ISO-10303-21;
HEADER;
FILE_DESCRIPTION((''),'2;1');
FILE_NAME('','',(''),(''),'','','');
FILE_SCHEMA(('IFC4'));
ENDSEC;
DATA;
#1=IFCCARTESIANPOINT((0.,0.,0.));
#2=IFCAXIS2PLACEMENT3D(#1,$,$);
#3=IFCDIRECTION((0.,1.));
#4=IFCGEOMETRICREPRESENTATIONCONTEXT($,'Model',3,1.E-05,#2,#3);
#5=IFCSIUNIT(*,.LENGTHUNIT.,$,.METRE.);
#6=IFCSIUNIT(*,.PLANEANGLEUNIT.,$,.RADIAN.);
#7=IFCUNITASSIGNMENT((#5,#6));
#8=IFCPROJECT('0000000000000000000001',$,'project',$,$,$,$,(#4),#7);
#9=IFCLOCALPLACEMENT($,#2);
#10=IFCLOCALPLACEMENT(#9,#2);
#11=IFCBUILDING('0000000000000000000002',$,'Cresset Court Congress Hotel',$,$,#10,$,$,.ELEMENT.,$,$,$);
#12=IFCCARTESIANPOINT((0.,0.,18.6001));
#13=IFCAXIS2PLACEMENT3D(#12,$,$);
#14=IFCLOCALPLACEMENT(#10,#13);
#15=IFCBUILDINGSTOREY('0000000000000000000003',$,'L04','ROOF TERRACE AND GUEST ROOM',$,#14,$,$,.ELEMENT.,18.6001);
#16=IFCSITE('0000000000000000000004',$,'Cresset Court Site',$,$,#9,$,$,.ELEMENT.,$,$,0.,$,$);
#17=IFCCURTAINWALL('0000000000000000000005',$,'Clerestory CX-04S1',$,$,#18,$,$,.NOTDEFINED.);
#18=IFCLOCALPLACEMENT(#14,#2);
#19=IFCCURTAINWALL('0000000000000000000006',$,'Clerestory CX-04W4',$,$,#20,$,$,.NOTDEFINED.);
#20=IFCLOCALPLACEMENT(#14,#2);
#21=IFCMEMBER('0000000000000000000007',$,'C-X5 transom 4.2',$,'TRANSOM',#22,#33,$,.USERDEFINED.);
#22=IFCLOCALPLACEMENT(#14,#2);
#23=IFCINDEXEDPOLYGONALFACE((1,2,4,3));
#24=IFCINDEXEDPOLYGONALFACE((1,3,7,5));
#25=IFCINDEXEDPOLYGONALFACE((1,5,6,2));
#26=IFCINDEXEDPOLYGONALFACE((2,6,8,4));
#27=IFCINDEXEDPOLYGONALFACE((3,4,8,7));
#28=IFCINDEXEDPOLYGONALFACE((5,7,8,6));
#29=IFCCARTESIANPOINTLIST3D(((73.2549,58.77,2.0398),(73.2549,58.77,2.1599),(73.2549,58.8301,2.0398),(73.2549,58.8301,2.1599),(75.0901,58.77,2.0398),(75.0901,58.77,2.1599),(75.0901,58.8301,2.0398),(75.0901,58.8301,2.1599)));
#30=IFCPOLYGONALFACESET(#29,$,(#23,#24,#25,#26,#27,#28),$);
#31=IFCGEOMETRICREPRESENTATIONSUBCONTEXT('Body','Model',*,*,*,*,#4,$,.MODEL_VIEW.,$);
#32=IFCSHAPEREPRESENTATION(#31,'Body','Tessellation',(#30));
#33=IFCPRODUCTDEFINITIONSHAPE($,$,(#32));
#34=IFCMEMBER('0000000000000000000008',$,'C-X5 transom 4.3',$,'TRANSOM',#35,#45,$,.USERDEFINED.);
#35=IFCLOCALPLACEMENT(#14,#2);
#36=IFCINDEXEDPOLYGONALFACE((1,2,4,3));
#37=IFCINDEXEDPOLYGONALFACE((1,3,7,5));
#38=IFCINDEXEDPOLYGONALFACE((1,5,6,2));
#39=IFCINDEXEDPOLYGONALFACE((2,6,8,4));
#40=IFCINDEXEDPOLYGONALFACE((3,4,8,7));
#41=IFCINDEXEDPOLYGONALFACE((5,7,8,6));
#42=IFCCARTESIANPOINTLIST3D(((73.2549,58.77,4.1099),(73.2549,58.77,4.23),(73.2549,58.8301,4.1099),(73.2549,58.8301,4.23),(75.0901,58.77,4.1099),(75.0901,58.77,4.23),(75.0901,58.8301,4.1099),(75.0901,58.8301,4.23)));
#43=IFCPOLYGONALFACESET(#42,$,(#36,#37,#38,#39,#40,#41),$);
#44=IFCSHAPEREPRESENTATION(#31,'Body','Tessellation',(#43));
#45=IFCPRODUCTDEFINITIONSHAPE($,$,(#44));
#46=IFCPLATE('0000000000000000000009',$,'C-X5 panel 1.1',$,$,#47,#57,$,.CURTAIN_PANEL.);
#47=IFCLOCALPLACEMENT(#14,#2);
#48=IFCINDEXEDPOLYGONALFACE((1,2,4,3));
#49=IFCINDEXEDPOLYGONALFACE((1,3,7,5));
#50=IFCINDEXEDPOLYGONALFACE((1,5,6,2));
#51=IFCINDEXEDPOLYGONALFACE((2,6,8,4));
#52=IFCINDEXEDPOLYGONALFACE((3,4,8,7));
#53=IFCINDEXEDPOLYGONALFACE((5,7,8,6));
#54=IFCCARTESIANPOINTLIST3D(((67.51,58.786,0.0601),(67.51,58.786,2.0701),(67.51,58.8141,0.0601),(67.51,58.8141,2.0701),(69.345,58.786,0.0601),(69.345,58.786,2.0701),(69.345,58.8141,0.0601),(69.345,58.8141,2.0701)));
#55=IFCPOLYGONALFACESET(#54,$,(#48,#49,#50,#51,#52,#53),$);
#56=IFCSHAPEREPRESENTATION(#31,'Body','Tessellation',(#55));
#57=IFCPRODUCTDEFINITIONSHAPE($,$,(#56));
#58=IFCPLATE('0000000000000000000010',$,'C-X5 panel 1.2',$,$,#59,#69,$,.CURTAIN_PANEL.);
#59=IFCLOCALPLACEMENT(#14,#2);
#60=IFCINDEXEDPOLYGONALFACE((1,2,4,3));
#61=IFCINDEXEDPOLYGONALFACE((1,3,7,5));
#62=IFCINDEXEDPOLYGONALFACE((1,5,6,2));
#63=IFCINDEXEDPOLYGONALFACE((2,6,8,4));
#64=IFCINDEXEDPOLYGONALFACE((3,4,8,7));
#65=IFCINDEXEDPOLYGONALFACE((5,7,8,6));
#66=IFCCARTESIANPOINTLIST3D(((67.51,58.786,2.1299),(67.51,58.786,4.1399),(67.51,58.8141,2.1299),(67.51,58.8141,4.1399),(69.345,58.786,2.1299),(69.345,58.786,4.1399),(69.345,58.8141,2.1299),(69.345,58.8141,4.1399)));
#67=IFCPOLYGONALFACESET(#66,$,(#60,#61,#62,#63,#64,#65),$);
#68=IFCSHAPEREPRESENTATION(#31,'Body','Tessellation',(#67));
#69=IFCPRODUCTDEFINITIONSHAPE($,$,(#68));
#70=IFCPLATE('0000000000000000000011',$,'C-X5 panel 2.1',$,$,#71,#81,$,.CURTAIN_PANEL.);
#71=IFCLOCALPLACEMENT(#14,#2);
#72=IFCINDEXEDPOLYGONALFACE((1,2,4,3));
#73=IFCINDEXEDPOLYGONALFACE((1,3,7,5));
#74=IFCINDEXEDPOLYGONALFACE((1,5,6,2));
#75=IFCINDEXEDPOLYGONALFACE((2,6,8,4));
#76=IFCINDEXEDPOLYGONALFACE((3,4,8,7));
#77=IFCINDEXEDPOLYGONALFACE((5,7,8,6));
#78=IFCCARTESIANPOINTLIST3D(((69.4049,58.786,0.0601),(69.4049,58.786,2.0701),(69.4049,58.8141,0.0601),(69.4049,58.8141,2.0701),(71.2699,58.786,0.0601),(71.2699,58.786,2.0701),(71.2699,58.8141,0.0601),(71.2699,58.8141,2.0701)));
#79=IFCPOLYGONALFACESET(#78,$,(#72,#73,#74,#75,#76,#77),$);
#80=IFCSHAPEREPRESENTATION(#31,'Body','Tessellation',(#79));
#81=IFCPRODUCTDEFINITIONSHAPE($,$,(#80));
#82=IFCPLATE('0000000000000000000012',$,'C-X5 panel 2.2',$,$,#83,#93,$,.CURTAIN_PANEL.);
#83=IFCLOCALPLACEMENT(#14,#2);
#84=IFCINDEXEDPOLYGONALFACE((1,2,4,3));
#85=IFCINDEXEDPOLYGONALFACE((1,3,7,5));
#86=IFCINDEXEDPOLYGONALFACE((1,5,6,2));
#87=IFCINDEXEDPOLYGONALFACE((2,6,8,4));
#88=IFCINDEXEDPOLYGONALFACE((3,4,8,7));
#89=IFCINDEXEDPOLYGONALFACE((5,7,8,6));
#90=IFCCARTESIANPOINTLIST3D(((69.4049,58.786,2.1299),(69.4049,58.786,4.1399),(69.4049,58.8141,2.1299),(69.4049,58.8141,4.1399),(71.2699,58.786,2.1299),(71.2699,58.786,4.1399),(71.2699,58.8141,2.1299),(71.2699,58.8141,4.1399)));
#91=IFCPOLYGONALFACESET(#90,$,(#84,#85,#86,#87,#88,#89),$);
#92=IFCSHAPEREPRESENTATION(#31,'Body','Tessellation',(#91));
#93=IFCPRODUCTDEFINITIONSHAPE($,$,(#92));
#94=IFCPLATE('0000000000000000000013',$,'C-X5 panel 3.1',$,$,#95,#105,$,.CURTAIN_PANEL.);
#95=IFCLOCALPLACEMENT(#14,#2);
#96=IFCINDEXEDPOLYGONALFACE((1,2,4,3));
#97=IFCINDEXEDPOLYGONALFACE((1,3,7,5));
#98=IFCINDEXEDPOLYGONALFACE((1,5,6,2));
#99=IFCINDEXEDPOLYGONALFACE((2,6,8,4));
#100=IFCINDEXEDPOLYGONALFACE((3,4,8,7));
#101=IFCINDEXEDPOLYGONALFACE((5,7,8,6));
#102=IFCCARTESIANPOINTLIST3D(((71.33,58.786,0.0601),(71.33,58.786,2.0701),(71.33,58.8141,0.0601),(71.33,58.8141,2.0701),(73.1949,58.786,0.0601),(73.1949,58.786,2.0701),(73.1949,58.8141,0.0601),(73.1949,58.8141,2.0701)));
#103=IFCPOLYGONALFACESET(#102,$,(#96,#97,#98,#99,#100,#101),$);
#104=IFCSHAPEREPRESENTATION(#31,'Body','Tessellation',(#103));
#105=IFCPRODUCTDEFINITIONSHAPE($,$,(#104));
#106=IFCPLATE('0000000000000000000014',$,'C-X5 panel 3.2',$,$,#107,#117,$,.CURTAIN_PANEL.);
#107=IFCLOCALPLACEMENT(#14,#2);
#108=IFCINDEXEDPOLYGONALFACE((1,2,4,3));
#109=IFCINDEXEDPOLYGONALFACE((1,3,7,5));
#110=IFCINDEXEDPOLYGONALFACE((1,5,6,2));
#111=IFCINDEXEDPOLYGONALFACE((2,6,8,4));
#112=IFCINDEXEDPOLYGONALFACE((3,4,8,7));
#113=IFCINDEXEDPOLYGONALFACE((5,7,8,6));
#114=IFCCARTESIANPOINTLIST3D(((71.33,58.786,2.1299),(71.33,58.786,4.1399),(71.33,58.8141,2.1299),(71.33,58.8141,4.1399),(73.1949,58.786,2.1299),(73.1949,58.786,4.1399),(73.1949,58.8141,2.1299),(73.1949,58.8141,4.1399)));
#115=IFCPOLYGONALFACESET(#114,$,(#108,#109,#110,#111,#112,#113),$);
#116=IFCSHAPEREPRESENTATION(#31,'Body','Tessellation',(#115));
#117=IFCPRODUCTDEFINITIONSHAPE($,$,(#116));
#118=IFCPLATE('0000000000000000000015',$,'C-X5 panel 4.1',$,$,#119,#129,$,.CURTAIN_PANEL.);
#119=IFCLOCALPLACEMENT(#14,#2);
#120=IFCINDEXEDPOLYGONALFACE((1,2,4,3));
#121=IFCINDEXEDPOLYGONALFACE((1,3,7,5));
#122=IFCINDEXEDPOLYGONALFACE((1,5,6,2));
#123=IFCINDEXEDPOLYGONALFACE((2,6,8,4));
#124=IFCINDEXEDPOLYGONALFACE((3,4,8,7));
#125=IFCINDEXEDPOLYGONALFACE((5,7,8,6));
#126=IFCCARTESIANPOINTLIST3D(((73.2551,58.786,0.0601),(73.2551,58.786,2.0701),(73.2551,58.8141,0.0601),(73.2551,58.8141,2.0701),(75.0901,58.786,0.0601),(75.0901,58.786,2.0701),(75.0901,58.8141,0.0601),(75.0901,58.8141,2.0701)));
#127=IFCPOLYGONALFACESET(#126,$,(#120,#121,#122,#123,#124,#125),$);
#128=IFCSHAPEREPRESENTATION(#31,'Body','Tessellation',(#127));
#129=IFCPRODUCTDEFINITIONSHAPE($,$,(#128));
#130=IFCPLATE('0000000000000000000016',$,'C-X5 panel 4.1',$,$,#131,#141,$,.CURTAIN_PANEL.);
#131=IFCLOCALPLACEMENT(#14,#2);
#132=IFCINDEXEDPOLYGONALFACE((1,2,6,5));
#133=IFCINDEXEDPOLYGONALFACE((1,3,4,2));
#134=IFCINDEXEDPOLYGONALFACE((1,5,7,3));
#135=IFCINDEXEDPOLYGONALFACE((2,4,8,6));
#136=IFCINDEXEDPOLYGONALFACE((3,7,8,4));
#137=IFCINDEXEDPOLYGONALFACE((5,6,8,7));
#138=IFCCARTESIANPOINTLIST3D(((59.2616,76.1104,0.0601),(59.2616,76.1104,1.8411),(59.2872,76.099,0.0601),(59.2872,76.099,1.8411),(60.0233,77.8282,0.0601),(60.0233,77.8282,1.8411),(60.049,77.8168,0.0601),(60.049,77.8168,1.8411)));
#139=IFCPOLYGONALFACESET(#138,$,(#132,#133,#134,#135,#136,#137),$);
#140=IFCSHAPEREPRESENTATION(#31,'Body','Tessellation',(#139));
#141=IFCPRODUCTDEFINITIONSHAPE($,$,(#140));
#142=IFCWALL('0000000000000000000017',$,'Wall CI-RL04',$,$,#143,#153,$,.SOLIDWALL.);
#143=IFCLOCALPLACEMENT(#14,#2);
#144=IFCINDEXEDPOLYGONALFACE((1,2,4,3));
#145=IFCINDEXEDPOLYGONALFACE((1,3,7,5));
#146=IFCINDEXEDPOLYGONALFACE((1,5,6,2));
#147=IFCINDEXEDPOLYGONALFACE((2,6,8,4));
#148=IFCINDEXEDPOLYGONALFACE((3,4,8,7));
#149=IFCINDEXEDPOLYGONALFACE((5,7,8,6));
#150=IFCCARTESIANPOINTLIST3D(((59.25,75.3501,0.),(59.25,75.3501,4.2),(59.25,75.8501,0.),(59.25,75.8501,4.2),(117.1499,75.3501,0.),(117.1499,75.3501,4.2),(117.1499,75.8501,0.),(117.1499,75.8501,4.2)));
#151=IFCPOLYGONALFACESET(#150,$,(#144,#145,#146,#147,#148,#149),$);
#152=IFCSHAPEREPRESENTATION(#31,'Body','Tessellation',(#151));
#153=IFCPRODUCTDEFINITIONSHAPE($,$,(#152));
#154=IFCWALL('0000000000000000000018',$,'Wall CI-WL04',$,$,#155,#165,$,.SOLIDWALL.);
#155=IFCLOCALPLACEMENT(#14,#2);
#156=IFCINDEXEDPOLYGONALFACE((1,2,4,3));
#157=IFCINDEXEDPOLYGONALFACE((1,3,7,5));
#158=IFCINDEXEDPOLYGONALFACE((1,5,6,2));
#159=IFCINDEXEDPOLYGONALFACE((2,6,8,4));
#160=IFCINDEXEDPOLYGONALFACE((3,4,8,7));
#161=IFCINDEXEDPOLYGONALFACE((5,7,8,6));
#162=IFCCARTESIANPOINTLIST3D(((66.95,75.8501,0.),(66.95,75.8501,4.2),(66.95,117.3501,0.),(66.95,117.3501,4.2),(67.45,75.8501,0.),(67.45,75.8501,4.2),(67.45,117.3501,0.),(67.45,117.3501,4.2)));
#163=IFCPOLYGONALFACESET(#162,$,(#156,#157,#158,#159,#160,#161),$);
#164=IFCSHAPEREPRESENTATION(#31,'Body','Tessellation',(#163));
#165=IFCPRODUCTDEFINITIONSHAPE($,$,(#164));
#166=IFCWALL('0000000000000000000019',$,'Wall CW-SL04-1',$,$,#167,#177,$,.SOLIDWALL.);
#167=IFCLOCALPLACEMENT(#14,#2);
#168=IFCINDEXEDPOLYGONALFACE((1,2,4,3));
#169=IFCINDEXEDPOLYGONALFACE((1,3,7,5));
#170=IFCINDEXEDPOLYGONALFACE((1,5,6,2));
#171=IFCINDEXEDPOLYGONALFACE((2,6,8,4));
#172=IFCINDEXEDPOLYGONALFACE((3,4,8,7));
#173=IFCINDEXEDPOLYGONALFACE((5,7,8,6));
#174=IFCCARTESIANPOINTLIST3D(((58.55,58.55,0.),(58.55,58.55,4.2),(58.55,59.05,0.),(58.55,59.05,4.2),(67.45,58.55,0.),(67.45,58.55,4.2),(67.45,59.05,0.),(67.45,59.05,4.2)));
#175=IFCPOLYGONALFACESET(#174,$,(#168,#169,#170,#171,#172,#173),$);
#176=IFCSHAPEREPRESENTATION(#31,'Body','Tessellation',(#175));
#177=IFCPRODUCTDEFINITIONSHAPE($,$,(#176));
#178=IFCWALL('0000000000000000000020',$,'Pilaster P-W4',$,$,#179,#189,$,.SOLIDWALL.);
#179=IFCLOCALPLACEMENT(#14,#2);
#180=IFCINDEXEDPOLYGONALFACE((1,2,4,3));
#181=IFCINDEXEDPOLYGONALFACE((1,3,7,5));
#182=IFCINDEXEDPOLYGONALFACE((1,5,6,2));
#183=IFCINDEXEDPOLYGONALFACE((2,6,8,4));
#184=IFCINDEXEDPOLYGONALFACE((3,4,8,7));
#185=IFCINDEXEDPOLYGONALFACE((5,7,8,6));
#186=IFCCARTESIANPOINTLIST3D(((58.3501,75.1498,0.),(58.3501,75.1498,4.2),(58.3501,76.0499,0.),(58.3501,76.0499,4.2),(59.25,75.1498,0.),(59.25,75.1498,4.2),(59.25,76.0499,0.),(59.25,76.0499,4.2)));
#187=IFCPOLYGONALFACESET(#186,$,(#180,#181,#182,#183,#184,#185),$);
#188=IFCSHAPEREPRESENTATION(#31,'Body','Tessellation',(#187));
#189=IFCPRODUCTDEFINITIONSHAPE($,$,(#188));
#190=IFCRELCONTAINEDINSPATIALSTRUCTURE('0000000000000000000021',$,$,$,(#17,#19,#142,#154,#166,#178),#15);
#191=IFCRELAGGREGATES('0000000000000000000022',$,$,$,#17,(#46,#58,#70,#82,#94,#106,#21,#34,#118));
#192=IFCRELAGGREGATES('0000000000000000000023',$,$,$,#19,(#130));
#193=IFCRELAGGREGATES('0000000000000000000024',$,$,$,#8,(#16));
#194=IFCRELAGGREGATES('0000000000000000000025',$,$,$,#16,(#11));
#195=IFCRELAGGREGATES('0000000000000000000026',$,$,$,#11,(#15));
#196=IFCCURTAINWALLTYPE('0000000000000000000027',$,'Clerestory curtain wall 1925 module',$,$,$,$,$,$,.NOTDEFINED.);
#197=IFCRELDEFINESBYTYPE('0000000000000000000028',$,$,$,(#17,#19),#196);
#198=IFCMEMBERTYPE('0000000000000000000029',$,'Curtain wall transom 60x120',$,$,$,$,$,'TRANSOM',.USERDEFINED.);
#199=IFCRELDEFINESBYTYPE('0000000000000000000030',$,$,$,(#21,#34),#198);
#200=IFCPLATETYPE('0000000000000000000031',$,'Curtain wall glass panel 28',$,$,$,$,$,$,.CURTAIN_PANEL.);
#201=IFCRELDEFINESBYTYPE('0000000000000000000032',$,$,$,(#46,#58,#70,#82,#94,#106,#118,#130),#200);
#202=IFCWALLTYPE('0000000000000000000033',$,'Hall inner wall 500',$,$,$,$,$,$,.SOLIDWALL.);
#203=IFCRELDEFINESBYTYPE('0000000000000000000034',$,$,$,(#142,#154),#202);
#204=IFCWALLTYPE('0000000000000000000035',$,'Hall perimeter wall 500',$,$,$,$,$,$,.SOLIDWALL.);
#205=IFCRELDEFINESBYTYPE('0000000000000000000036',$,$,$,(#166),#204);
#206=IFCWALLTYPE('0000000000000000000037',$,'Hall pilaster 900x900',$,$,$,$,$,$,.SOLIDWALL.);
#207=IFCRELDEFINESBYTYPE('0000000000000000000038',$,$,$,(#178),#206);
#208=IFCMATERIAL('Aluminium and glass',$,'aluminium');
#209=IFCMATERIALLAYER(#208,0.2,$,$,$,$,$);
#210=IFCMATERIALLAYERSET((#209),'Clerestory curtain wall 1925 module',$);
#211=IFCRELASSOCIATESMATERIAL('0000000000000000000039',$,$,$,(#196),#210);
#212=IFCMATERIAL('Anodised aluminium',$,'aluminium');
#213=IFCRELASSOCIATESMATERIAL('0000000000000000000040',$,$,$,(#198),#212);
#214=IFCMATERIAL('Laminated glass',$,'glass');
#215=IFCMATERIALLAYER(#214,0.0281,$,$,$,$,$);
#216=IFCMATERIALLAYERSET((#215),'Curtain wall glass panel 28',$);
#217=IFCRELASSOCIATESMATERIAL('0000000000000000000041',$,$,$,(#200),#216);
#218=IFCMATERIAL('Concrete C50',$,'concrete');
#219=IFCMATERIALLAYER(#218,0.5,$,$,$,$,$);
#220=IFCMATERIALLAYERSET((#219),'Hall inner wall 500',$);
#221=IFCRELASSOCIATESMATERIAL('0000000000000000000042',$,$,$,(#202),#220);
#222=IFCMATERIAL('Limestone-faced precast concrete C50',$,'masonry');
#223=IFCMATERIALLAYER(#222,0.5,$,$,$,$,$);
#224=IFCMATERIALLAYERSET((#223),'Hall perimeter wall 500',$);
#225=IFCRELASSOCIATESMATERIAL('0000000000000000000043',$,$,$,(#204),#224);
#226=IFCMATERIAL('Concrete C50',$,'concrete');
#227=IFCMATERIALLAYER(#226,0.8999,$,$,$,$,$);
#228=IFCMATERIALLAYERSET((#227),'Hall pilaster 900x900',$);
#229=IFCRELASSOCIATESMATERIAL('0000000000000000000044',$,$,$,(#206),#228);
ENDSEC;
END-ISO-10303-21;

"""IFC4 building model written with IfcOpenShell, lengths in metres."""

from ifc_helpers import new_model, si_unit, direction, frame, frame_2d, origin, origin_2d, place, context, subcontext, project, spatial, rectangle, extrude, material, layer, layer_set, material_profile, profile_set, type_object, element, aggregate, save


model = new_model("IFC4")

# Units and contexts
model_context = context("Model", 3, precision=1e-05, world=origin(), true_north=direction((0.0, 1.0)))
body_context = subcontext(model_context, "Body", "Model", "MODEL_VIEW")
ifc_project = project(units=[si_unit("LENGTHUNIT", "METRE"), si_unit("PLANEANGLEUNIT", "RADIAN")], contexts=[model_context])

# Site, building, storey
site_placement = place(None, origin())
site = spatial("IfcSite", under=ifc_project, at=site_placement, Name="Cresset Court Site", CompositionType="ELEMENT", RefElevation=0.0)
building_placement = place(site_placement, origin())
building = spatial("IfcBuilding", under=site, at=building_placement, Name="Cresset Court Congress Hotel", CompositionType="ELEMENT")
storey_placement = place(building_placement, frame((0.0, 0.0, 18.6001)))
storey = spatial("IfcBuildingStorey", under=building, at=storey_placement, Name="L04", Description="ROOF TERRACE AND GUEST ROOM", CompositionType="ELEMENT", Elevation=18.6001)

# Curtain wall
ifc_material_1 = material(Name="Aluminium and glass", Category="aluminium")
ifc_layer_1 = layer(ifc_material_1, 0.2)
ifc_layer_set_1 = layer_set([ifc_layer_1], Name="Clerestory curtain wall 1925 module")
curtain_wall_type = type_object("IfcCurtainWallType", Name="Clerestory curtain wall 1925 module", PredefinedType="NOTDEFINED", material=ifc_layer_set_1)
curtain_wall_1_placement = place(storey_placement, origin())
curtain_wall_1 = element("IfcCurtainWall", 1, at=curtain_wall_1_placement, inside=storey, type_object=curtain_wall_type, Name="Clerestory CX-04S1", PredefinedType="NOTDEFINED")

# Curtain wall
curtain_wall_2_placement = place(storey_placement, origin())
curtain_wall_2 = element("IfcCurtainWall", 2, at=curtain_wall_2_placement, inside=storey, type_object=curtain_wall_type, Name="Clerestory CX-04W4", PredefinedType="NOTDEFINED")

# Members
ifc_material_2 = material(Name="Anodised aluminium", Category="aluminium")
ifc_material_profile_1 = material_profile(ifc_material_2, rectangle(XDim=0.0601, YDim=0.1201, at=origin_2d()), Name="AL60x120")
ifc_profile_set_1 = profile_set([ifc_material_profile_1], Name="Anodised aluminium")
member_type_1 = type_object("IfcMemberType", Name="Curtain wall transom 60x120", ElementType="TRANSOM", PredefinedType="USERDEFINED", material=ifc_profile_set_1)
member_1_placement = place(storey_placement, frame((73.2549, 58.8, 2.0999), z_axis=(1.0, 0.0, 0.0), x_axis=(0.0, 1.0, 0.0)))
member_1 = element("IfcMember", 3, at=member_1_placement, type_object=member_type_1, Name="C-X5 transom 4.2", ObjectType="TRANSOM", PredefinedType="USERDEFINED", context=body_context, shape_type="SweptSolid", body=[
    extrude(rectangle(XDim=0.0601, YDim=0.1201, at=origin_2d()), origin(), (0.0, 0.0, 1.0), 1.8352),
])
member_2_placement = place(storey_placement, frame((73.2549, 58.8, 4.1699), z_axis=(1.0, 0.0, 0.0), x_axis=(0.0, 1.0, 0.0)))
member_2 = element("IfcMember", 4, at=member_2_placement, type_object=member_type_1, Name="C-X5 transom 4.3", ObjectType="TRANSOM", PredefinedType="USERDEFINED", context=body_context, shape_type="SweptSolid", body=[
    extrude(rectangle(XDim=0.0601, YDim=0.1201, at=origin_2d()), origin(), (0.0, 0.0, 1.0), 1.8352),
])

# Plates
ifc_material_3 = material(Name="Laminated glass", Category="glass")
ifc_layer_2 = layer(ifc_material_3, 0.0281)
ifc_layer_set_2 = layer_set([ifc_layer_2], Name="Curtain wall glass panel 28")
plate_type = type_object("IfcPlateType", Name="Curtain wall glass panel 28", PredefinedType="CURTAIN_PANEL", material=ifc_layer_set_2)
plate_1_placement = place(storey_placement, frame((68.4275, 58.8, 0.0601), z_axis=(0.0, 0.0, 1.0), x_axis=(1.0, 0.0, 0.0)))
plate_1 = element("IfcPlate", 5, at=plate_1_placement, type_object=plate_type, Name="C-X5 panel 1.1", PredefinedType="CURTAIN_PANEL", context=body_context, shape_type="SweptSolid", body=[
    extrude(rectangle(XDim=1.835, YDim=0.0281, at=origin_2d()), origin(), (0.0, 0.0, 1.0), 2.01),
])
plate_2_placement = place(storey_placement, frame((68.4275, 58.8, 2.1299), z_axis=(0.0, 0.0, 1.0), x_axis=(1.0, 0.0, 0.0)))
plate_2 = element("IfcPlate", 6, at=plate_2_placement, type_object=plate_type, Name="C-X5 panel 1.2", PredefinedType="CURTAIN_PANEL", context=body_context, shape_type="SweptSolid", body=[
    extrude(rectangle(XDim=1.835, YDim=0.0281, at=origin_2d()), origin(), (0.0, 0.0, 1.0), 2.01),
])
plate_3_placement = place(storey_placement, frame((70.3374, 58.8, 0.0601), z_axis=(0.0, 0.0, 1.0), x_axis=(1.0, 0.0, 0.0)))
plate_3 = element("IfcPlate", 7, at=plate_3_placement, type_object=plate_type, Name="C-X5 panel 2.1", PredefinedType="CURTAIN_PANEL", context=body_context, shape_type="SweptSolid", body=[
    extrude(rectangle(XDim=1.865, YDim=0.0281, at=origin_2d()), origin(), (0.0, 0.0, 1.0), 2.01),
])
plate_4_placement = place(storey_placement, frame((70.3374, 58.8, 2.1299), z_axis=(0.0, 0.0, 1.0), x_axis=(1.0, 0.0, 0.0)))
plate_4 = element("IfcPlate", 8, at=plate_4_placement, type_object=plate_type, Name="C-X5 panel 2.2", PredefinedType="CURTAIN_PANEL", context=body_context, shape_type="SweptSolid", body=[
    extrude(rectangle(XDim=1.865, YDim=0.0281, at=origin_2d()), origin(), (0.0, 0.0, 1.0), 2.01),
])
plate_5_placement = place(storey_placement, frame((72.2625, 58.8, 0.0601), z_axis=(0.0, 0.0, 1.0), x_axis=(1.0, 0.0, 0.0)))
plate_5 = element("IfcPlate", 9, at=plate_5_placement, type_object=plate_type, Name="C-X5 panel 3.1", PredefinedType="CURTAIN_PANEL", context=body_context, shape_type="SweptSolid", body=[
    extrude(rectangle(XDim=1.865, YDim=0.0281, at=origin_2d()), origin(), (0.0, 0.0, 1.0), 2.01),
])
plate_6_placement = place(storey_placement, frame((72.2625, 58.8, 2.1299), z_axis=(0.0, 0.0, 1.0), x_axis=(1.0, 0.0, 0.0)))
plate_6 = element("IfcPlate", 10, at=plate_6_placement, type_object=plate_type, Name="C-X5 panel 3.2", PredefinedType="CURTAIN_PANEL", context=body_context, shape_type="SweptSolid", body=[
    extrude(rectangle(XDim=1.865, YDim=0.0281, at=origin_2d()), origin(), (0.0, 0.0, 1.0), 2.01),
])
plate_7_placement = place(storey_placement, frame((74.1726, 58.8, 0.0601), z_axis=(0.0, 0.0, 1.0), x_axis=(1.0, 0.0, 0.0)))
plate_7 = element("IfcPlate", 11, at=plate_7_placement, type_object=plate_type, Name="C-X5 panel 4.1", PredefinedType="CURTAIN_PANEL", context=body_context, shape_type="SweptSolid", body=[
    extrude(rectangle(XDim=1.835, YDim=0.0281, at=origin_2d()), origin(), (0.0, 0.0, 1.0), 2.01),
])
aggregate(curtain_wall_1, [plate_1, plate_2, plate_3, plate_4, plate_5, plate_6, member_1, member_2, plate_7])
plate_8_placement = place(storey_placement, frame((59.6553, 76.9636, 0.0601), z_axis=(0.0, 0.0, 1.0), x_axis=(-0.405381, -0.914148, 0.0)))
plate_8 = element("IfcPlate", 12, at=plate_8_placement, type_object=plate_type, Name="C-X5 panel 4.1", PredefinedType="CURTAIN_PANEL", context=body_context, shape_type="SweptSolid", body=[
    extrude(rectangle(XDim=1.8792, YDim=0.0281, at=origin_2d()), origin(), (0.0, 0.0, 1.0), 1.781),
])
aggregate(curtain_wall_2, [plate_8])

# Walls
ifc_material_4 = material(Name="Concrete C50", Category="concrete")
ifc_layer_3 = layer(ifc_material_4, 0.5)
ifc_layer_set_3 = layer_set([ifc_layer_3], Name="Hall inner wall 500")
wall_type_1 = type_object("IfcWallType", Name="Hall inner wall 500", PredefinedType="SOLIDWALL", material=ifc_layer_set_3)
wall_1_placement = place(storey_placement, frame((59.25, 75.6001, 0.0), z_axis=(0.0, 0.0, 1.0), x_axis=(1.0, 0.0, 0.0)))
element("IfcWall", 13, at=wall_1_placement, inside=storey, type_object=wall_type_1, Name="Wall CI-RL04", PredefinedType="SOLIDWALL", context=body_context, shape_type="SweptSolid", body=[
    extrude(rectangle(XDim=57.8999, YDim=0.5, at=frame_2d((28.95, 0.0))), origin(), (0.0, 0.0, 1.0), 4.2),
])
wall_2_placement = place(storey_placement, frame((67.2, 75.8501, 0.0), z_axis=(0.0, 0.0, 1.0), x_axis=(0.0, 1.0, 0.0)))
element("IfcWall", 14, at=wall_2_placement, inside=storey, type_object=wall_type_1, Name="Wall CI-WL04", PredefinedType="SOLIDWALL", context=body_context, shape_type="SweptSolid", body=[
    extrude(rectangle(XDim=41.5, YDim=0.5, at=frame_2d((20.75, 0.0))), origin(), (0.0, 0.0, 1.0), 4.2),
])
ifc_material_5 = material(Name="Limestone-faced precast concrete C50", Category="masonry")
ifc_layer_4 = layer(ifc_material_5, 0.5)
ifc_layer_set_4 = layer_set([ifc_layer_4], Name="Hall perimeter wall 500")
wall_type_2 = type_object("IfcWallType", Name="Hall perimeter wall 500", PredefinedType="SOLIDWALL", material=ifc_layer_set_4)
wall_3_placement = place(storey_placement, frame((67.45, 58.8, 0.0), z_axis=(0.0, 0.0, 1.0), x_axis=(-1.0, 0.0, 0.0)))
element("IfcWall", 15, at=wall_3_placement, inside=storey, type_object=wall_type_2, Name="Wall CW-SL04-1", PredefinedType="SOLIDWALL", context=body_context, shape_type="SweptSolid", body=[
    extrude(rectangle(XDim=8.8999, YDim=0.5, at=frame_2d((4.45, 0.0))), origin(), (0.0, 0.0, 1.0), 4.2),
])
ifc_material_6 = material(Name="Concrete C50", Category="concrete")
ifc_layer_5 = layer(ifc_material_6, 0.8999)
ifc_layer_set_5 = layer_set([ifc_layer_5], Name="Hall pilaster 900x900")
wall_type_3 = type_object("IfcWallType", Name="Hall pilaster 900x900", PredefinedType="SOLIDWALL", material=ifc_layer_set_5)
wall_4_placement = place(storey_placement, frame((58.8, 76.05, 0.0), z_axis=(0.0, 0.0, 1.0), x_axis=(0.0, -1.0, 0.0)))
element("IfcWall", 16, at=wall_4_placement, inside=storey, type_object=wall_type_3, Name="Pilaster P-W4", PredefinedType="SOLIDWALL", context=body_context, shape_type="SweptSolid", body=[
    extrude(rectangle(XDim=0.9001, YDim=0.8999, at=frame_2d((0.4502, 0.0))), origin(), (0.0, 0.0, 1.0), 4.2),
])

save(model, "model.ifc")
